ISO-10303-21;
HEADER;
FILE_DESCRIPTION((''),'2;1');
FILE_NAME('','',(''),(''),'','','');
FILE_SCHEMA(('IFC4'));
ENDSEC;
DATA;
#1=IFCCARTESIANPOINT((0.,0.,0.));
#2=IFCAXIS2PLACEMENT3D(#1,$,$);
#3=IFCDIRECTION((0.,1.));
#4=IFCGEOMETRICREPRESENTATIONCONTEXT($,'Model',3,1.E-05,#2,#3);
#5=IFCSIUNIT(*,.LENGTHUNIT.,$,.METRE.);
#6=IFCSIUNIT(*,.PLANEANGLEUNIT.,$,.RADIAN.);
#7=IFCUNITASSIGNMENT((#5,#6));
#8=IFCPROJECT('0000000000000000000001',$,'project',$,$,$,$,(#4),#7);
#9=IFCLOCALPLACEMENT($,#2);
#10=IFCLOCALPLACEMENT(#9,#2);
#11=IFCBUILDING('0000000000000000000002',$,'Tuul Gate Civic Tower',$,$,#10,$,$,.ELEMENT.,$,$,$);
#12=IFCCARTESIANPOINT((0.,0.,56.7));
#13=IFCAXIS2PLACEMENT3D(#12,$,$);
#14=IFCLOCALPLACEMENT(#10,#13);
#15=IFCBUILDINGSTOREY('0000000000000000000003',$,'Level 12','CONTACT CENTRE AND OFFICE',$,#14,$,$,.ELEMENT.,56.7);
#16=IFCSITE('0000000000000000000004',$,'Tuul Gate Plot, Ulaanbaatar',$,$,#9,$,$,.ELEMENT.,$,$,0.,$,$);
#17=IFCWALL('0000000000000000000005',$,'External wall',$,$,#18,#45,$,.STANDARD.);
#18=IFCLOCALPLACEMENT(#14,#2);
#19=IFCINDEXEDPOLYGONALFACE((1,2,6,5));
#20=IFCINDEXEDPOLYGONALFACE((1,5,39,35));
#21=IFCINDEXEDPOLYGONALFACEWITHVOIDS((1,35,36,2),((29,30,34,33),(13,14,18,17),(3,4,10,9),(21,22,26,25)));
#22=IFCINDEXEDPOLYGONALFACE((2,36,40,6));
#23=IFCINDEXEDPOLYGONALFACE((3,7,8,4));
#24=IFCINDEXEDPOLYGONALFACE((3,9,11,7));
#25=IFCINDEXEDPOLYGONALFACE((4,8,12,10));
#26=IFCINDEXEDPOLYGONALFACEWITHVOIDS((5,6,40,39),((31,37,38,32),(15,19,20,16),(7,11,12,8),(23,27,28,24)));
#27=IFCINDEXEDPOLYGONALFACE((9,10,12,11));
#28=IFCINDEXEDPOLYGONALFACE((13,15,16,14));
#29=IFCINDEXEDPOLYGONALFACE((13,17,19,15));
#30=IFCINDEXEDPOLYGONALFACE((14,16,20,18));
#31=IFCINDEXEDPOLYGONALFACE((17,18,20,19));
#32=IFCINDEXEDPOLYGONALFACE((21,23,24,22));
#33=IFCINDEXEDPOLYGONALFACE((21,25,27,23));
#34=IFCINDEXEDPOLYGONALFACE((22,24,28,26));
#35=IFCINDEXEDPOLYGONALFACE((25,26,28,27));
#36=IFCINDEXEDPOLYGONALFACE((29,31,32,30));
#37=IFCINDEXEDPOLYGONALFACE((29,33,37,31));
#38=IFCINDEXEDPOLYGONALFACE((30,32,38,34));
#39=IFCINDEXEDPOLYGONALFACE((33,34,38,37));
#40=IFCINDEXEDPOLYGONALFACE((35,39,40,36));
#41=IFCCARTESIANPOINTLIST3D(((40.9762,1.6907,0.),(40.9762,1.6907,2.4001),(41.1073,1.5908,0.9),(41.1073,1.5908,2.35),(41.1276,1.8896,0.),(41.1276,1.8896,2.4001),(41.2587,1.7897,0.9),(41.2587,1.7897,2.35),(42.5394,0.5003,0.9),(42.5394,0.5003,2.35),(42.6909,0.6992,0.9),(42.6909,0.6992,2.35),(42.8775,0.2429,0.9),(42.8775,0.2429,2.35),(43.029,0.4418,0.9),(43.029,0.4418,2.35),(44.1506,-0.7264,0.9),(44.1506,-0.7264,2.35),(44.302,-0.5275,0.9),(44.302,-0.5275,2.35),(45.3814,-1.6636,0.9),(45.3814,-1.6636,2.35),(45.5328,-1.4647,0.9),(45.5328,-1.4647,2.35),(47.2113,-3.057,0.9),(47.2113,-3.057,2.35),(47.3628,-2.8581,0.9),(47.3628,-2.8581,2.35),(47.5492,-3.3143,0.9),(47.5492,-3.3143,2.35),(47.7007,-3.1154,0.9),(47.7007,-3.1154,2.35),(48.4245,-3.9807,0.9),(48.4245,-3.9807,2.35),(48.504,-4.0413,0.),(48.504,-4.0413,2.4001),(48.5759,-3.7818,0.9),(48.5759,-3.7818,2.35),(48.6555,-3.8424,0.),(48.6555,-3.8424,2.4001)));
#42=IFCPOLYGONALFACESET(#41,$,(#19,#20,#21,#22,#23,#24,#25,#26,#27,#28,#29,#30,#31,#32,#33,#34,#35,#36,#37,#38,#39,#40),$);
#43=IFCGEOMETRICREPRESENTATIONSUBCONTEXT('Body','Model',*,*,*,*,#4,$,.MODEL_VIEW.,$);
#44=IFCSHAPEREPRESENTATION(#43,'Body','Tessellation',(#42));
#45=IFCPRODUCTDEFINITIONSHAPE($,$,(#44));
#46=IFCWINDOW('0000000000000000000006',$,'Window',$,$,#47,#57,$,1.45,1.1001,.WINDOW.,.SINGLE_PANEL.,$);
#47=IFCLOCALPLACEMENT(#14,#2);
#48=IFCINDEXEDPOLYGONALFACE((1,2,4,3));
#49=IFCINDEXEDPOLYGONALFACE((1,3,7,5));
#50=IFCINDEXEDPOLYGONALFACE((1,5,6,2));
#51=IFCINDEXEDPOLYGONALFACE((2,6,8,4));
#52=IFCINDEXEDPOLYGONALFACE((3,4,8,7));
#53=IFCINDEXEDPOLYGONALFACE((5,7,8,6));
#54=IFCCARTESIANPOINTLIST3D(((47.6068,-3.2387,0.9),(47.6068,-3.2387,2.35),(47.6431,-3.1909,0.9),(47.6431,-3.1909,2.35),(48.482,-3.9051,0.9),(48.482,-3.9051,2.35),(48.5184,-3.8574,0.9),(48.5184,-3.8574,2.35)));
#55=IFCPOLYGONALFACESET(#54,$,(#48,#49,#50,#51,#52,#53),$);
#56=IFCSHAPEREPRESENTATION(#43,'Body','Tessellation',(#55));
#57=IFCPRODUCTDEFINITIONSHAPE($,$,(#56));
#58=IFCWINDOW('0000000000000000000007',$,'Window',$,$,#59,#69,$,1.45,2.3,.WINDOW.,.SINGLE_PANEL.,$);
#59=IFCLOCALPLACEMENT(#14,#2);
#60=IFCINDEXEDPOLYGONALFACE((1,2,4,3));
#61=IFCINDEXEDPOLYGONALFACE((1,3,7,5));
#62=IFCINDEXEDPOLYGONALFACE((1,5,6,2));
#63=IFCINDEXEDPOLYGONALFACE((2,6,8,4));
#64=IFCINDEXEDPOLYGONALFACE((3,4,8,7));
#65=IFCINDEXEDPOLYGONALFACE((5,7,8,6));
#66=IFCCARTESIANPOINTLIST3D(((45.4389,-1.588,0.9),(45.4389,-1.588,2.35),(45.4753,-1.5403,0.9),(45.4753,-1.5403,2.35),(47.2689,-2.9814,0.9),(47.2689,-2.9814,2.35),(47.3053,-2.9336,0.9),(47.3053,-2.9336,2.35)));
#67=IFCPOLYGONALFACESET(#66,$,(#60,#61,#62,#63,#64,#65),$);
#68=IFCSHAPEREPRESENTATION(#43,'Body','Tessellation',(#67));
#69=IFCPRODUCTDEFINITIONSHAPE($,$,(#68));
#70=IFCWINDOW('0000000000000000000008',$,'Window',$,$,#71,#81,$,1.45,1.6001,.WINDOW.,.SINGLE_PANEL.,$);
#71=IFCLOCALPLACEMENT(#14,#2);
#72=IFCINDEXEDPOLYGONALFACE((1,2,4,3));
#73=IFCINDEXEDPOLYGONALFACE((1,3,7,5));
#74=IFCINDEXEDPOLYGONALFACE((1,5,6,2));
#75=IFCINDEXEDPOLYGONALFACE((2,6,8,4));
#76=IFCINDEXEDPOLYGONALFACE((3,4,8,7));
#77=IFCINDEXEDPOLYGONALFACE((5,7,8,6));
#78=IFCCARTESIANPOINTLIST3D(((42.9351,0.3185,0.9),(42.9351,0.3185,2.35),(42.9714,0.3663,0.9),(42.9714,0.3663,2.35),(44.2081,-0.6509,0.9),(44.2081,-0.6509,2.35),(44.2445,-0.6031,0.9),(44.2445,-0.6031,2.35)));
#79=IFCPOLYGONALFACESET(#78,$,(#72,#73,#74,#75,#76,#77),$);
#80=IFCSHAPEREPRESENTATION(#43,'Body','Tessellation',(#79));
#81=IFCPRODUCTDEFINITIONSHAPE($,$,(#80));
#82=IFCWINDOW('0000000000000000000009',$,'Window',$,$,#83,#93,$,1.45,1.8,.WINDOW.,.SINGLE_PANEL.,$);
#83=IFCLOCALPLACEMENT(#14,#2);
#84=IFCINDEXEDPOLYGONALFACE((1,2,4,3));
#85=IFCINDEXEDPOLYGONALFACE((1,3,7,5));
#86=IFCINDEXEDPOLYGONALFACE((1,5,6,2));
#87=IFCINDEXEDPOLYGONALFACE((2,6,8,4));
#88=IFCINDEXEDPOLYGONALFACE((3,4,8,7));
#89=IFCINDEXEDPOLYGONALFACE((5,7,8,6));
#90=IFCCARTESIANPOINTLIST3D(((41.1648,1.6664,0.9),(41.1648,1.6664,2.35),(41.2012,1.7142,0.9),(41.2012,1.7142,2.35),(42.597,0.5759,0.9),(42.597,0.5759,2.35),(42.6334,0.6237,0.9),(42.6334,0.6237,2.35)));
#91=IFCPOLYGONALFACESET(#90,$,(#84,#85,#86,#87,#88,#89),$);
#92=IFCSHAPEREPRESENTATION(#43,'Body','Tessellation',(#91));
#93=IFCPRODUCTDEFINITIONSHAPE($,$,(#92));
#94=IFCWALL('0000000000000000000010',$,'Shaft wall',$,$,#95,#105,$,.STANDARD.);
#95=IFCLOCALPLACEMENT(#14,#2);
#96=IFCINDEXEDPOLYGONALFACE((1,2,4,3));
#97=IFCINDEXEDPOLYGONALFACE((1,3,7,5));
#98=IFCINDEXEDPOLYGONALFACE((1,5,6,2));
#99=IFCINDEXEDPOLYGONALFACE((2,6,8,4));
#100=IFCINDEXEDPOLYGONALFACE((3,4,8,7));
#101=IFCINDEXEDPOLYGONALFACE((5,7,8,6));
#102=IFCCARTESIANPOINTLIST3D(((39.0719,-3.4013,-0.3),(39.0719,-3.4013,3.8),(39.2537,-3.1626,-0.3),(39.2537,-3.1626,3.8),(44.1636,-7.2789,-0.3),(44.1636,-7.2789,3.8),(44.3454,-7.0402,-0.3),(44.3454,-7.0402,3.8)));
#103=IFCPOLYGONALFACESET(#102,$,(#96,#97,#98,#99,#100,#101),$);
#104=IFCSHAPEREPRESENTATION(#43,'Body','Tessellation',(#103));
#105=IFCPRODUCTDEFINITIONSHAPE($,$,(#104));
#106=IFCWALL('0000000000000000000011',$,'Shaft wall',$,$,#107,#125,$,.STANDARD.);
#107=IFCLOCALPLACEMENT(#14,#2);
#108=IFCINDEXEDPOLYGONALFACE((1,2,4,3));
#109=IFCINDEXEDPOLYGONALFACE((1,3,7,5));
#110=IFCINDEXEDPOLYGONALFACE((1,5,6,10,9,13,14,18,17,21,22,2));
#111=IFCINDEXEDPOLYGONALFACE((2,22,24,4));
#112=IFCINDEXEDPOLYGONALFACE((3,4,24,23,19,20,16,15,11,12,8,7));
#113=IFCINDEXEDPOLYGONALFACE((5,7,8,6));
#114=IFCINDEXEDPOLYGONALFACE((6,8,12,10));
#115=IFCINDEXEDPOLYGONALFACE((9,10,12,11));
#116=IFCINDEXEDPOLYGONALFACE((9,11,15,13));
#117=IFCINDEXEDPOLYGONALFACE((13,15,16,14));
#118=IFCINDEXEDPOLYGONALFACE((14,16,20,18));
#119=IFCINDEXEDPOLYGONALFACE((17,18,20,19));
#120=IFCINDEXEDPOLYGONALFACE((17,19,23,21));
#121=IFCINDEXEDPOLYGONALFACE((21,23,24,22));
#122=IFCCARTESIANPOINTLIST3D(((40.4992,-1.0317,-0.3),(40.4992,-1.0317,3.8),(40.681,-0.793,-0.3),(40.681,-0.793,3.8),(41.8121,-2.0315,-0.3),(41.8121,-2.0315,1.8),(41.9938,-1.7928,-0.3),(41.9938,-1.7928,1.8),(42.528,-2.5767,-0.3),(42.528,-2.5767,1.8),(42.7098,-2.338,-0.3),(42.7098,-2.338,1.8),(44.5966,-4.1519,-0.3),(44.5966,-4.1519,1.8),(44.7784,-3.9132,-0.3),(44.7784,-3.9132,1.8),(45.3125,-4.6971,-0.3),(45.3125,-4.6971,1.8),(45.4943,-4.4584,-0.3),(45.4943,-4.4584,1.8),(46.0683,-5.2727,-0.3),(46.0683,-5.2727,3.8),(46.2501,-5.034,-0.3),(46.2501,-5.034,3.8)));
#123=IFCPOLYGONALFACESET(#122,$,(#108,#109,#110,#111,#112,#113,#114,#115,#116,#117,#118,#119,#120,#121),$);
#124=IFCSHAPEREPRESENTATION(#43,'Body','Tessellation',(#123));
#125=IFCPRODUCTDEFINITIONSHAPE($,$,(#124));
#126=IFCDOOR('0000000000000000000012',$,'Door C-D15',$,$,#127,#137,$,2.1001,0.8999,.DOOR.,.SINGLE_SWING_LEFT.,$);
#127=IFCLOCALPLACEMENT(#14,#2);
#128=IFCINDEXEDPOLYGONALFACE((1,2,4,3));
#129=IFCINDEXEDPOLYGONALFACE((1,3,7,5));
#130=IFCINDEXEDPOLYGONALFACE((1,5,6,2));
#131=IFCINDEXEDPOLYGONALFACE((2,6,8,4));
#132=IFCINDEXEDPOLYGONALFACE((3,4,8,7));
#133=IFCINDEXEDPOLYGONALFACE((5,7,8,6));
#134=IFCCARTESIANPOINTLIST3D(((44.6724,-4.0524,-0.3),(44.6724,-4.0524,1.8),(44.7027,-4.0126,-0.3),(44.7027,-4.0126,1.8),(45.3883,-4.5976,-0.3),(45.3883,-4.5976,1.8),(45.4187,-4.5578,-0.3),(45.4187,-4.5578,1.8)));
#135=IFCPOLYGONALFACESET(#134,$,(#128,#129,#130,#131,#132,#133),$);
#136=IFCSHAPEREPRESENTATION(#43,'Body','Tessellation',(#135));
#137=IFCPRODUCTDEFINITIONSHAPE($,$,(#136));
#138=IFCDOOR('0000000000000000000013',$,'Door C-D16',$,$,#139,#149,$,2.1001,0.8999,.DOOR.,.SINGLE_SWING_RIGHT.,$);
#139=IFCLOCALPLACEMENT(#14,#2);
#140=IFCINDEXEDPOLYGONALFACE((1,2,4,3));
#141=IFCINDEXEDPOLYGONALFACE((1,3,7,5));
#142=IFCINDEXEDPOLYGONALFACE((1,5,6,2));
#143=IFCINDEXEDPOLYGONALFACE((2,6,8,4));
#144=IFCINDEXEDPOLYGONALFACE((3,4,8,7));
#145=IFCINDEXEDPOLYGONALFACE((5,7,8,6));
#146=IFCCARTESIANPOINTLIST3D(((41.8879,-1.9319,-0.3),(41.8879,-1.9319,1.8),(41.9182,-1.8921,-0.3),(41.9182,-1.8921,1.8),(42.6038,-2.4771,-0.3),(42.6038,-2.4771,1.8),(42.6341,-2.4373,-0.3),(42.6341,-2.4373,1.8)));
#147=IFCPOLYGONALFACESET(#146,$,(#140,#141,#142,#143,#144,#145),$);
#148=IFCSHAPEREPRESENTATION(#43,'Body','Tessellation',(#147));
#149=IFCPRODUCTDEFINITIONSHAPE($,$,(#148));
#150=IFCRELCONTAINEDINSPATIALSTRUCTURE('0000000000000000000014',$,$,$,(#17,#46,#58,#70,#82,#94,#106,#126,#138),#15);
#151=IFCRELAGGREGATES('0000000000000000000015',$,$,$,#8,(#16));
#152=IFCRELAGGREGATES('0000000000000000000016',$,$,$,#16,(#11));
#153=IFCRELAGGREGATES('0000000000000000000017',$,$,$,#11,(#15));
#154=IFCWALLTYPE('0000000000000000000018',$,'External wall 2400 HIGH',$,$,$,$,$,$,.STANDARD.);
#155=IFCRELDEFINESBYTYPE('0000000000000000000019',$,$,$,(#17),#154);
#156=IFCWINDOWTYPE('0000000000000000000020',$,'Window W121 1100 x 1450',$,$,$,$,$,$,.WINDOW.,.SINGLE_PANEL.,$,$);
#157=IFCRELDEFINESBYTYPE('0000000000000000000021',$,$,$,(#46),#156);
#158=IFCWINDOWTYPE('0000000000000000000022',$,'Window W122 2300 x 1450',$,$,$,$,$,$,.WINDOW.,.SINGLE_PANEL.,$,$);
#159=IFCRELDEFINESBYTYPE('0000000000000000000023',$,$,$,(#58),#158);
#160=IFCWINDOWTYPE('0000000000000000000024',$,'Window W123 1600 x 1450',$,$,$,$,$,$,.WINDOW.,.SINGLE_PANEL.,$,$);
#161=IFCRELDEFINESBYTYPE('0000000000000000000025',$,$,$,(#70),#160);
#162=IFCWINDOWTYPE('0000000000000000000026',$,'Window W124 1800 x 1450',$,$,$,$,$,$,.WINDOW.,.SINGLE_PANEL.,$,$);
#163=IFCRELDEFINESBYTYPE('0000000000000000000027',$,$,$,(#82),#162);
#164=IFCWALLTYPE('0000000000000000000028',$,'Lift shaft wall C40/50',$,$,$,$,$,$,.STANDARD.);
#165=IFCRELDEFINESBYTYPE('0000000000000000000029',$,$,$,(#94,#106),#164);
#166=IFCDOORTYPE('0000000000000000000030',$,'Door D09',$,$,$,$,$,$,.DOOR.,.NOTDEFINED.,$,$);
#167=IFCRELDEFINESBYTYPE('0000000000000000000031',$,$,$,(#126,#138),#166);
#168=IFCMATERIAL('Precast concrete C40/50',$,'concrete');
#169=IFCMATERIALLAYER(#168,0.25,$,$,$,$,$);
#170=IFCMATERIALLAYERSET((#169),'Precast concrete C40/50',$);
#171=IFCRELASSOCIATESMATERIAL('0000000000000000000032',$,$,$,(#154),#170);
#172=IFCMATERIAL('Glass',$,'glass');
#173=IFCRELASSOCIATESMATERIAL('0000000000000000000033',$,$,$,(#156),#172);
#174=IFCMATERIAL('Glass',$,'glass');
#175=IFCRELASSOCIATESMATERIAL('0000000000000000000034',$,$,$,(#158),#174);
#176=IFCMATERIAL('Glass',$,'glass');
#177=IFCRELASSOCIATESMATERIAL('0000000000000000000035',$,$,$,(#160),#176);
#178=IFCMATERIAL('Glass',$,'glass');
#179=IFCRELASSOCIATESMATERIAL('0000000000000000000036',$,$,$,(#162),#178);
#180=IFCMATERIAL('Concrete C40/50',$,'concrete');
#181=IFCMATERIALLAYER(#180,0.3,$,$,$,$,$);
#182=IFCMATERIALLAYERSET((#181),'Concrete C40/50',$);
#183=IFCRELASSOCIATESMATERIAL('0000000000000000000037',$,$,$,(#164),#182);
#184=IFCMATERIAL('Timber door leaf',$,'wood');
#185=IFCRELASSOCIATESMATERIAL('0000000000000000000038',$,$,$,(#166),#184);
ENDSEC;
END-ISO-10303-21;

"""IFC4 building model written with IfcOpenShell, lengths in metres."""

from ifc_helpers import new_model, si_unit, direction, frame, frame_2d, origin, place, context, subcontext, project, spatial, rectangle, extrude, material, layer, layer_set, type_object, element, fill, save


model = new_model("IFC4")

# Units and contexts
model_context = context("Model", 3, precision=1e-05, world=origin(), true_north=direction((0.0, 1.0)))
body_context = subcontext(model_context, "Body", "Model", "MODEL_VIEW")
ifc_project = project(units=[si_unit("LENGTHUNIT", "METRE"), si_unit("PLANEANGLEUNIT", "RADIAN")], contexts=[model_context])

# Site, building, storey
site_placement = place(None, origin())
site = spatial("IfcSite", under=ifc_project, at=site_placement, Name="Tuul Gate Plot, Ulaanbaatar", CompositionType="ELEMENT", RefElevation=0.0)
building_placement = place(site_placement, origin())
building = spatial("IfcBuilding", under=site, at=building_placement, Name="Tuul Gate Civic Tower", CompositionType="ELEMENT")
storey_placement = place(building_placement, frame((0.0, 0.0, 56.7)))
storey = spatial("IfcBuildingStorey", under=building, at=storey_placement, Name="Level 12", Description="CONTACT CENTRE AND OFFICE", CompositionType="ELEMENT", Elevation=56.7)

# Wall, openings, windows
ifc_material_1 = material(Name="Precast concrete C40/50", Category="concrete")
ifc_layer_1 = layer(ifc_material_1, 0.25)
ifc_layer_set_1 = layer_set([ifc_layer_1], Name="Precast concrete C40/50")
wall_type_1 = type_object("IfcWallType", Name="External wall 2400 HIGH", PredefinedType="STANDARD", material=ifc_layer_set_1)
wall_1_placement = place(storey_placement, frame((48.5798, -3.9419, 0.0), z_axis=(0.0, 0.0, 1.0), x_axis=(-0.795613, 0.605805, 0.0)))
wall_1 = element("IfcWall", 1, at=wall_1_placement, inside=storey, type_object=wall_type_1, Name="External wall", PredefinedType="STANDARD", context=body_context, shape_type="SweptSolid", body=[
    extrude(rectangle(XDim=9.4617, YDim=0.25, at=frame_2d((4.731, 0.0))), origin(), (0.0, 0.0, 1.0), 2.4001),
])
opening_1_placement = place(wall_1_placement, frame((0.1001, 0.0, 0.8999)))
opening_1 = element("IfcOpeningElement", 2, at=opening_1_placement, cuts=wall_1, PredefinedType="OPENING", context=body_context, shape_type="SweptSolid", body=[
    extrude(rectangle(XDim=1.1001, YDim=1.45, at=frame_2d((0.55, 0.7251))), frame((0.0, 0.135, 0.0), z_axis=(0.0, -1.0, 0.0), x_axis=(1.0, 0.0, 0.0)), (0.0, 0.0, 1.0), 0.27),
])
opening_2_placement = place(wall_1_placement, frame((1.625, 0.0, 0.8999)))
opening_2 = element("IfcOpeningElement", 3, at=opening_2_placement, cuts=wall_1, PredefinedType="OPENING", context=body_context, shape_type="SweptSolid", body=[
    extrude(rectangle(XDim=2.3, YDim=1.45, at=frame_2d((1.1499, 0.7251))), frame((0.0, 0.135, 0.0), z_axis=(0.0, -1.0, 0.0), x_axis=(1.0, 0.0, 0.0)), (0.0, 0.0, 1.0), 0.27),
])
opening_3_placement = place(wall_1_placement, frame((5.4719, 0.0, 0.8999)))
opening_3 = element("IfcOpeningElement", 4, at=opening_3_placement, cuts=wall_1, PredefinedType="OPENING", context=body_context, shape_type="SweptSolid", body=[
    extrude(rectangle(XDim=1.6001, YDim=1.45, at=frame_2d((0.8, 0.7251))), frame((0.0, 0.135, 0.0), z_axis=(0.0, -1.0, 0.0), x_axis=(1.0, 0.0, 0.0)), (0.0, 0.0, 1.0), 0.27),
])
opening_4_placement = place(wall_1_placement, frame((7.4971, 0.0, 0.8999)))
opening_4 = element("IfcOpeningElement", 5, at=opening_4_placement, cuts=wall_1, PredefinedType="OPENING", context=body_context, shape_type="SweptSolid", body=[
    extrude(rectangle(XDim=1.8, YDim=1.45, at=frame_2d((0.8999, 0.7251))), frame((0.0, 0.135, 0.0), z_axis=(0.0, -1.0, 0.0), x_axis=(1.0, 0.0, 0.0)), (0.0, 0.0, 1.0), 0.27),
])
ifc_material_2 = material(Name="Glass", Category="glass")
window_type_1 = type_object("IfcWindowType", Name="Window W121 1100 x 1450", PartitioningType="SINGLE_PANEL", PredefinedType="WINDOW", material=ifc_material_2)
window_1_placement = place(opening_1_placement, origin())
window_1 = element("IfcWindow", 6, at=window_1_placement, inside=storey, type_object=window_type_1, Name="Window", OverallHeight=1.45, OverallWidth=1.1001, PartitioningType="SINGLE_PANEL", PredefinedType="WINDOW", context=body_context, shape_type="SweptSolid", body=[
    extrude(rectangle(XDim=1.1001, YDim=1.45, at=frame_2d((0.55, 0.7251))), frame((0.0, 0.03, 0.0), z_axis=(0.0, -1.0, 0.0), x_axis=(1.0, 0.0, 0.0)), (0.0, 0.0, 1.0), 0.0601),
])
fill(opening_1, window_1)
ifc_material_3 = material(Name="Glass", Category="glass")
window_type_2 = type_object("IfcWindowType", Name="Window W122 2300 x 1450", PartitioningType="SINGLE_PANEL", PredefinedType="WINDOW", material=ifc_material_3)
window_2_placement = place(opening_2_placement, origin())
window_2 = element("IfcWindow", 7, at=window_2_placement, inside=storey, type_object=window_type_2, Name="Window", OverallHeight=1.45, OverallWidth=2.3, PartitioningType="SINGLE_PANEL", PredefinedType="WINDOW", context=body_context, shape_type="SweptSolid", body=[
    extrude(rectangle(XDim=2.3, YDim=1.45, at=frame_2d((1.1499, 0.7251))), frame((0.0, 0.03, 0.0), z_axis=(0.0, -1.0, 0.0), x_axis=(1.0, 0.0, 0.0)), (0.0, 0.0, 1.0), 0.0601),
])
fill(opening_2, window_2)
ifc_material_4 = material(Name="Glass", Category="glass")
window_type_3 = type_object("IfcWindowType", Name="Window W123 1600 x 1450", PartitioningType="SINGLE_PANEL", PredefinedType="WINDOW", material=ifc_material_4)
window_3_placement = place(opening_3_placement, origin())
window_3 = element("IfcWindow", 8, at=window_3_placement, inside=storey, type_object=window_type_3, Name="Window", OverallHeight=1.45, OverallWidth=1.6001, PartitioningType="SINGLE_PANEL", PredefinedType="WINDOW", context=body_context, shape_type="SweptSolid", body=[
    extrude(rectangle(XDim=1.6001, YDim=1.45, at=frame_2d((0.8, 0.7251))), frame((0.0, 0.03, 0.0), z_axis=(0.0, -1.0, 0.0), x_axis=(1.0, 0.0, 0.0)), (0.0, 0.0, 1.0), 0.0601),
])
fill(opening_3, window_3)
ifc_material_5 = material(Name="Glass", Category="glass")
window_type_4 = type_object("IfcWindowType", Name="Window W124 1800 x 1450", PartitioningType="SINGLE_PANEL", PredefinedType="WINDOW", material=ifc_material_5)
window_4_placement = place(opening_4_placement, origin())
window_4 = element("IfcWindow", 9, at=window_4_placement, inside=storey, type_object=window_type_4, Name="Window", OverallHeight=1.45, OverallWidth=1.8, PartitioningType="SINGLE_PANEL", PredefinedType="WINDOW", context=body_context, shape_type="SweptSolid", body=[
    extrude(rectangle(XDim=1.8, YDim=1.45, at=frame_2d((0.8999, 0.7251))), frame((0.0, 0.03, 0.0), z_axis=(0.0, -1.0, 0.0), x_axis=(1.0, 0.0, 0.0)), (0.0, 0.0, 1.0), 0.0601),
])
fill(opening_4, window_4)

# Wall
ifc_material_6 = material(Name="Concrete C40/50", Category="concrete")
ifc_layer_2 = layer(ifc_material_6, 0.3)
ifc_layer_set_2 = layer_set([ifc_layer_2], Name="Concrete C40/50")
wall_type_2 = type_object("IfcWallType", Name="Lift shaft wall C40/50", PredefinedType="STANDARD", material=ifc_layer_set_2)
wall_2_placement = place(storey_placement, frame((44.2546, -7.1597, -0.3), z_axis=(0.0, 0.0, 1.0), x_axis=(-0.795566, 0.605867, 0.0)))
element("IfcWall", 10, at=wall_2_placement, inside=storey, type_object=wall_type_2, Name="Shaft wall", PredefinedType="STANDARD", context=body_context, shape_type="SweptSolid", body=[
    extrude(rectangle(XDim=6.4001, YDim=0.3, at=frame_2d((3.2002, 0.0))), origin(), (0.0, 0.0, 1.0), 4.1001),
])

# Wall, openings, doors
wall_3_placement = place(storey_placement, frame((46.1592, -5.1533, -0.3), z_axis=(0.0, 0.0, 1.0), x_axis=(-0.79558, 0.605849, 0.0)))
wall_3 = element("IfcWall", 11, at=wall_3_placement, inside=storey, type_object=wall_type_2, Name="Shaft wall", PredefinedType="STANDARD", context=body_context, shape_type="SweptSolid", body=[
    extrude(rectangle(XDim=7.0, YDim=0.3, at=frame_2d((3.5, 0.0))), origin(), (0.0, 0.0, 1.0), 4.1001),
])
opening_5_placement = place(wall_3_placement, frame((0.95, 0.0, 0.0)))
opening_5 = element("IfcOpeningElement", 12, at=opening_5_placement, cuts=wall_3, PredefinedType="OPENING", context=body_context, shape_type="SweptSolid", body=[
    extrude(rectangle(XDim=0.8999, YDim=2.1001, at=frame_2d((0.45, 1.05))), frame((0.0, 0.1602, 0.0), z_axis=(0.0, -1.0, 0.0), x_axis=(1.0, 0.0, 0.0)), (0.0, 0.0, 1.0), 0.3201),
])
opening_6_placement = place(wall_3_placement, frame((4.45, 0.0, 0.0)))
opening_6 = element("IfcOpeningElement", 13, at=opening_6_placement, cuts=wall_3, PredefinedType="OPENING", context=body_context, shape_type="SweptSolid", body=[
    extrude(rectangle(XDim=0.8999, YDim=2.1001, at=frame_2d((0.45, 1.05))), frame((0.0, 0.1602, 0.0), z_axis=(0.0, -1.0, 0.0), x_axis=(1.0, 0.0, 0.0)), (0.0, 0.0, 1.0), 0.3201),
])
ifc_material_7 = material(Name="Timber door leaf", Category="wood")
door_type_1 = type_object("IfcDoorType", Name="Door D09", OperationType="NOTDEFINED", PredefinedType="DOOR", material=ifc_material_7)
door_1_placement = place(opening_5_placement, origin())
door_1 = element("IfcDoor", 14, at=door_1_placement, inside=storey, type_object=door_type_1, Name="Door C-D15", OperationType="SINGLE_SWING_LEFT", OverallHeight=2.1001, OverallWidth=0.8999, PredefinedType="DOOR", context=body_context, shape_type="SweptSolid", body=[
    extrude(rectangle(XDim=0.8999, YDim=2.1001, at=frame_2d((0.45, 1.05))), frame((0.0, 0.0249, 0.0), z_axis=(0.0, -1.0, 0.0), x_axis=(1.0, 0.0, 0.0)), (0.0, 0.0, 1.0), 0.05),
])
fill(opening_5, door_1)
door_2_placement = place(opening_6_placement, origin())
door_2 = element("IfcDoor", 15, at=door_2_placement, inside=storey, type_object=door_type_1, Name="Door C-D16", OperationType="SINGLE_SWING_RIGHT", OverallHeight=2.1001, OverallWidth=0.8999, PredefinedType="DOOR", context=body_context, shape_type="SweptSolid", body=[
    extrude(rectangle(XDim=0.8999, YDim=2.1001, at=frame_2d((0.45, 1.05))), frame((0.0, 0.0249, 0.0), z_axis=(0.0, -1.0, 0.0), x_axis=(1.0, 0.0, 0.0)), (0.0, 0.0, 1.0), 0.05),
])
fill(opening_6, door_2)

save(model, "model.ifc")
